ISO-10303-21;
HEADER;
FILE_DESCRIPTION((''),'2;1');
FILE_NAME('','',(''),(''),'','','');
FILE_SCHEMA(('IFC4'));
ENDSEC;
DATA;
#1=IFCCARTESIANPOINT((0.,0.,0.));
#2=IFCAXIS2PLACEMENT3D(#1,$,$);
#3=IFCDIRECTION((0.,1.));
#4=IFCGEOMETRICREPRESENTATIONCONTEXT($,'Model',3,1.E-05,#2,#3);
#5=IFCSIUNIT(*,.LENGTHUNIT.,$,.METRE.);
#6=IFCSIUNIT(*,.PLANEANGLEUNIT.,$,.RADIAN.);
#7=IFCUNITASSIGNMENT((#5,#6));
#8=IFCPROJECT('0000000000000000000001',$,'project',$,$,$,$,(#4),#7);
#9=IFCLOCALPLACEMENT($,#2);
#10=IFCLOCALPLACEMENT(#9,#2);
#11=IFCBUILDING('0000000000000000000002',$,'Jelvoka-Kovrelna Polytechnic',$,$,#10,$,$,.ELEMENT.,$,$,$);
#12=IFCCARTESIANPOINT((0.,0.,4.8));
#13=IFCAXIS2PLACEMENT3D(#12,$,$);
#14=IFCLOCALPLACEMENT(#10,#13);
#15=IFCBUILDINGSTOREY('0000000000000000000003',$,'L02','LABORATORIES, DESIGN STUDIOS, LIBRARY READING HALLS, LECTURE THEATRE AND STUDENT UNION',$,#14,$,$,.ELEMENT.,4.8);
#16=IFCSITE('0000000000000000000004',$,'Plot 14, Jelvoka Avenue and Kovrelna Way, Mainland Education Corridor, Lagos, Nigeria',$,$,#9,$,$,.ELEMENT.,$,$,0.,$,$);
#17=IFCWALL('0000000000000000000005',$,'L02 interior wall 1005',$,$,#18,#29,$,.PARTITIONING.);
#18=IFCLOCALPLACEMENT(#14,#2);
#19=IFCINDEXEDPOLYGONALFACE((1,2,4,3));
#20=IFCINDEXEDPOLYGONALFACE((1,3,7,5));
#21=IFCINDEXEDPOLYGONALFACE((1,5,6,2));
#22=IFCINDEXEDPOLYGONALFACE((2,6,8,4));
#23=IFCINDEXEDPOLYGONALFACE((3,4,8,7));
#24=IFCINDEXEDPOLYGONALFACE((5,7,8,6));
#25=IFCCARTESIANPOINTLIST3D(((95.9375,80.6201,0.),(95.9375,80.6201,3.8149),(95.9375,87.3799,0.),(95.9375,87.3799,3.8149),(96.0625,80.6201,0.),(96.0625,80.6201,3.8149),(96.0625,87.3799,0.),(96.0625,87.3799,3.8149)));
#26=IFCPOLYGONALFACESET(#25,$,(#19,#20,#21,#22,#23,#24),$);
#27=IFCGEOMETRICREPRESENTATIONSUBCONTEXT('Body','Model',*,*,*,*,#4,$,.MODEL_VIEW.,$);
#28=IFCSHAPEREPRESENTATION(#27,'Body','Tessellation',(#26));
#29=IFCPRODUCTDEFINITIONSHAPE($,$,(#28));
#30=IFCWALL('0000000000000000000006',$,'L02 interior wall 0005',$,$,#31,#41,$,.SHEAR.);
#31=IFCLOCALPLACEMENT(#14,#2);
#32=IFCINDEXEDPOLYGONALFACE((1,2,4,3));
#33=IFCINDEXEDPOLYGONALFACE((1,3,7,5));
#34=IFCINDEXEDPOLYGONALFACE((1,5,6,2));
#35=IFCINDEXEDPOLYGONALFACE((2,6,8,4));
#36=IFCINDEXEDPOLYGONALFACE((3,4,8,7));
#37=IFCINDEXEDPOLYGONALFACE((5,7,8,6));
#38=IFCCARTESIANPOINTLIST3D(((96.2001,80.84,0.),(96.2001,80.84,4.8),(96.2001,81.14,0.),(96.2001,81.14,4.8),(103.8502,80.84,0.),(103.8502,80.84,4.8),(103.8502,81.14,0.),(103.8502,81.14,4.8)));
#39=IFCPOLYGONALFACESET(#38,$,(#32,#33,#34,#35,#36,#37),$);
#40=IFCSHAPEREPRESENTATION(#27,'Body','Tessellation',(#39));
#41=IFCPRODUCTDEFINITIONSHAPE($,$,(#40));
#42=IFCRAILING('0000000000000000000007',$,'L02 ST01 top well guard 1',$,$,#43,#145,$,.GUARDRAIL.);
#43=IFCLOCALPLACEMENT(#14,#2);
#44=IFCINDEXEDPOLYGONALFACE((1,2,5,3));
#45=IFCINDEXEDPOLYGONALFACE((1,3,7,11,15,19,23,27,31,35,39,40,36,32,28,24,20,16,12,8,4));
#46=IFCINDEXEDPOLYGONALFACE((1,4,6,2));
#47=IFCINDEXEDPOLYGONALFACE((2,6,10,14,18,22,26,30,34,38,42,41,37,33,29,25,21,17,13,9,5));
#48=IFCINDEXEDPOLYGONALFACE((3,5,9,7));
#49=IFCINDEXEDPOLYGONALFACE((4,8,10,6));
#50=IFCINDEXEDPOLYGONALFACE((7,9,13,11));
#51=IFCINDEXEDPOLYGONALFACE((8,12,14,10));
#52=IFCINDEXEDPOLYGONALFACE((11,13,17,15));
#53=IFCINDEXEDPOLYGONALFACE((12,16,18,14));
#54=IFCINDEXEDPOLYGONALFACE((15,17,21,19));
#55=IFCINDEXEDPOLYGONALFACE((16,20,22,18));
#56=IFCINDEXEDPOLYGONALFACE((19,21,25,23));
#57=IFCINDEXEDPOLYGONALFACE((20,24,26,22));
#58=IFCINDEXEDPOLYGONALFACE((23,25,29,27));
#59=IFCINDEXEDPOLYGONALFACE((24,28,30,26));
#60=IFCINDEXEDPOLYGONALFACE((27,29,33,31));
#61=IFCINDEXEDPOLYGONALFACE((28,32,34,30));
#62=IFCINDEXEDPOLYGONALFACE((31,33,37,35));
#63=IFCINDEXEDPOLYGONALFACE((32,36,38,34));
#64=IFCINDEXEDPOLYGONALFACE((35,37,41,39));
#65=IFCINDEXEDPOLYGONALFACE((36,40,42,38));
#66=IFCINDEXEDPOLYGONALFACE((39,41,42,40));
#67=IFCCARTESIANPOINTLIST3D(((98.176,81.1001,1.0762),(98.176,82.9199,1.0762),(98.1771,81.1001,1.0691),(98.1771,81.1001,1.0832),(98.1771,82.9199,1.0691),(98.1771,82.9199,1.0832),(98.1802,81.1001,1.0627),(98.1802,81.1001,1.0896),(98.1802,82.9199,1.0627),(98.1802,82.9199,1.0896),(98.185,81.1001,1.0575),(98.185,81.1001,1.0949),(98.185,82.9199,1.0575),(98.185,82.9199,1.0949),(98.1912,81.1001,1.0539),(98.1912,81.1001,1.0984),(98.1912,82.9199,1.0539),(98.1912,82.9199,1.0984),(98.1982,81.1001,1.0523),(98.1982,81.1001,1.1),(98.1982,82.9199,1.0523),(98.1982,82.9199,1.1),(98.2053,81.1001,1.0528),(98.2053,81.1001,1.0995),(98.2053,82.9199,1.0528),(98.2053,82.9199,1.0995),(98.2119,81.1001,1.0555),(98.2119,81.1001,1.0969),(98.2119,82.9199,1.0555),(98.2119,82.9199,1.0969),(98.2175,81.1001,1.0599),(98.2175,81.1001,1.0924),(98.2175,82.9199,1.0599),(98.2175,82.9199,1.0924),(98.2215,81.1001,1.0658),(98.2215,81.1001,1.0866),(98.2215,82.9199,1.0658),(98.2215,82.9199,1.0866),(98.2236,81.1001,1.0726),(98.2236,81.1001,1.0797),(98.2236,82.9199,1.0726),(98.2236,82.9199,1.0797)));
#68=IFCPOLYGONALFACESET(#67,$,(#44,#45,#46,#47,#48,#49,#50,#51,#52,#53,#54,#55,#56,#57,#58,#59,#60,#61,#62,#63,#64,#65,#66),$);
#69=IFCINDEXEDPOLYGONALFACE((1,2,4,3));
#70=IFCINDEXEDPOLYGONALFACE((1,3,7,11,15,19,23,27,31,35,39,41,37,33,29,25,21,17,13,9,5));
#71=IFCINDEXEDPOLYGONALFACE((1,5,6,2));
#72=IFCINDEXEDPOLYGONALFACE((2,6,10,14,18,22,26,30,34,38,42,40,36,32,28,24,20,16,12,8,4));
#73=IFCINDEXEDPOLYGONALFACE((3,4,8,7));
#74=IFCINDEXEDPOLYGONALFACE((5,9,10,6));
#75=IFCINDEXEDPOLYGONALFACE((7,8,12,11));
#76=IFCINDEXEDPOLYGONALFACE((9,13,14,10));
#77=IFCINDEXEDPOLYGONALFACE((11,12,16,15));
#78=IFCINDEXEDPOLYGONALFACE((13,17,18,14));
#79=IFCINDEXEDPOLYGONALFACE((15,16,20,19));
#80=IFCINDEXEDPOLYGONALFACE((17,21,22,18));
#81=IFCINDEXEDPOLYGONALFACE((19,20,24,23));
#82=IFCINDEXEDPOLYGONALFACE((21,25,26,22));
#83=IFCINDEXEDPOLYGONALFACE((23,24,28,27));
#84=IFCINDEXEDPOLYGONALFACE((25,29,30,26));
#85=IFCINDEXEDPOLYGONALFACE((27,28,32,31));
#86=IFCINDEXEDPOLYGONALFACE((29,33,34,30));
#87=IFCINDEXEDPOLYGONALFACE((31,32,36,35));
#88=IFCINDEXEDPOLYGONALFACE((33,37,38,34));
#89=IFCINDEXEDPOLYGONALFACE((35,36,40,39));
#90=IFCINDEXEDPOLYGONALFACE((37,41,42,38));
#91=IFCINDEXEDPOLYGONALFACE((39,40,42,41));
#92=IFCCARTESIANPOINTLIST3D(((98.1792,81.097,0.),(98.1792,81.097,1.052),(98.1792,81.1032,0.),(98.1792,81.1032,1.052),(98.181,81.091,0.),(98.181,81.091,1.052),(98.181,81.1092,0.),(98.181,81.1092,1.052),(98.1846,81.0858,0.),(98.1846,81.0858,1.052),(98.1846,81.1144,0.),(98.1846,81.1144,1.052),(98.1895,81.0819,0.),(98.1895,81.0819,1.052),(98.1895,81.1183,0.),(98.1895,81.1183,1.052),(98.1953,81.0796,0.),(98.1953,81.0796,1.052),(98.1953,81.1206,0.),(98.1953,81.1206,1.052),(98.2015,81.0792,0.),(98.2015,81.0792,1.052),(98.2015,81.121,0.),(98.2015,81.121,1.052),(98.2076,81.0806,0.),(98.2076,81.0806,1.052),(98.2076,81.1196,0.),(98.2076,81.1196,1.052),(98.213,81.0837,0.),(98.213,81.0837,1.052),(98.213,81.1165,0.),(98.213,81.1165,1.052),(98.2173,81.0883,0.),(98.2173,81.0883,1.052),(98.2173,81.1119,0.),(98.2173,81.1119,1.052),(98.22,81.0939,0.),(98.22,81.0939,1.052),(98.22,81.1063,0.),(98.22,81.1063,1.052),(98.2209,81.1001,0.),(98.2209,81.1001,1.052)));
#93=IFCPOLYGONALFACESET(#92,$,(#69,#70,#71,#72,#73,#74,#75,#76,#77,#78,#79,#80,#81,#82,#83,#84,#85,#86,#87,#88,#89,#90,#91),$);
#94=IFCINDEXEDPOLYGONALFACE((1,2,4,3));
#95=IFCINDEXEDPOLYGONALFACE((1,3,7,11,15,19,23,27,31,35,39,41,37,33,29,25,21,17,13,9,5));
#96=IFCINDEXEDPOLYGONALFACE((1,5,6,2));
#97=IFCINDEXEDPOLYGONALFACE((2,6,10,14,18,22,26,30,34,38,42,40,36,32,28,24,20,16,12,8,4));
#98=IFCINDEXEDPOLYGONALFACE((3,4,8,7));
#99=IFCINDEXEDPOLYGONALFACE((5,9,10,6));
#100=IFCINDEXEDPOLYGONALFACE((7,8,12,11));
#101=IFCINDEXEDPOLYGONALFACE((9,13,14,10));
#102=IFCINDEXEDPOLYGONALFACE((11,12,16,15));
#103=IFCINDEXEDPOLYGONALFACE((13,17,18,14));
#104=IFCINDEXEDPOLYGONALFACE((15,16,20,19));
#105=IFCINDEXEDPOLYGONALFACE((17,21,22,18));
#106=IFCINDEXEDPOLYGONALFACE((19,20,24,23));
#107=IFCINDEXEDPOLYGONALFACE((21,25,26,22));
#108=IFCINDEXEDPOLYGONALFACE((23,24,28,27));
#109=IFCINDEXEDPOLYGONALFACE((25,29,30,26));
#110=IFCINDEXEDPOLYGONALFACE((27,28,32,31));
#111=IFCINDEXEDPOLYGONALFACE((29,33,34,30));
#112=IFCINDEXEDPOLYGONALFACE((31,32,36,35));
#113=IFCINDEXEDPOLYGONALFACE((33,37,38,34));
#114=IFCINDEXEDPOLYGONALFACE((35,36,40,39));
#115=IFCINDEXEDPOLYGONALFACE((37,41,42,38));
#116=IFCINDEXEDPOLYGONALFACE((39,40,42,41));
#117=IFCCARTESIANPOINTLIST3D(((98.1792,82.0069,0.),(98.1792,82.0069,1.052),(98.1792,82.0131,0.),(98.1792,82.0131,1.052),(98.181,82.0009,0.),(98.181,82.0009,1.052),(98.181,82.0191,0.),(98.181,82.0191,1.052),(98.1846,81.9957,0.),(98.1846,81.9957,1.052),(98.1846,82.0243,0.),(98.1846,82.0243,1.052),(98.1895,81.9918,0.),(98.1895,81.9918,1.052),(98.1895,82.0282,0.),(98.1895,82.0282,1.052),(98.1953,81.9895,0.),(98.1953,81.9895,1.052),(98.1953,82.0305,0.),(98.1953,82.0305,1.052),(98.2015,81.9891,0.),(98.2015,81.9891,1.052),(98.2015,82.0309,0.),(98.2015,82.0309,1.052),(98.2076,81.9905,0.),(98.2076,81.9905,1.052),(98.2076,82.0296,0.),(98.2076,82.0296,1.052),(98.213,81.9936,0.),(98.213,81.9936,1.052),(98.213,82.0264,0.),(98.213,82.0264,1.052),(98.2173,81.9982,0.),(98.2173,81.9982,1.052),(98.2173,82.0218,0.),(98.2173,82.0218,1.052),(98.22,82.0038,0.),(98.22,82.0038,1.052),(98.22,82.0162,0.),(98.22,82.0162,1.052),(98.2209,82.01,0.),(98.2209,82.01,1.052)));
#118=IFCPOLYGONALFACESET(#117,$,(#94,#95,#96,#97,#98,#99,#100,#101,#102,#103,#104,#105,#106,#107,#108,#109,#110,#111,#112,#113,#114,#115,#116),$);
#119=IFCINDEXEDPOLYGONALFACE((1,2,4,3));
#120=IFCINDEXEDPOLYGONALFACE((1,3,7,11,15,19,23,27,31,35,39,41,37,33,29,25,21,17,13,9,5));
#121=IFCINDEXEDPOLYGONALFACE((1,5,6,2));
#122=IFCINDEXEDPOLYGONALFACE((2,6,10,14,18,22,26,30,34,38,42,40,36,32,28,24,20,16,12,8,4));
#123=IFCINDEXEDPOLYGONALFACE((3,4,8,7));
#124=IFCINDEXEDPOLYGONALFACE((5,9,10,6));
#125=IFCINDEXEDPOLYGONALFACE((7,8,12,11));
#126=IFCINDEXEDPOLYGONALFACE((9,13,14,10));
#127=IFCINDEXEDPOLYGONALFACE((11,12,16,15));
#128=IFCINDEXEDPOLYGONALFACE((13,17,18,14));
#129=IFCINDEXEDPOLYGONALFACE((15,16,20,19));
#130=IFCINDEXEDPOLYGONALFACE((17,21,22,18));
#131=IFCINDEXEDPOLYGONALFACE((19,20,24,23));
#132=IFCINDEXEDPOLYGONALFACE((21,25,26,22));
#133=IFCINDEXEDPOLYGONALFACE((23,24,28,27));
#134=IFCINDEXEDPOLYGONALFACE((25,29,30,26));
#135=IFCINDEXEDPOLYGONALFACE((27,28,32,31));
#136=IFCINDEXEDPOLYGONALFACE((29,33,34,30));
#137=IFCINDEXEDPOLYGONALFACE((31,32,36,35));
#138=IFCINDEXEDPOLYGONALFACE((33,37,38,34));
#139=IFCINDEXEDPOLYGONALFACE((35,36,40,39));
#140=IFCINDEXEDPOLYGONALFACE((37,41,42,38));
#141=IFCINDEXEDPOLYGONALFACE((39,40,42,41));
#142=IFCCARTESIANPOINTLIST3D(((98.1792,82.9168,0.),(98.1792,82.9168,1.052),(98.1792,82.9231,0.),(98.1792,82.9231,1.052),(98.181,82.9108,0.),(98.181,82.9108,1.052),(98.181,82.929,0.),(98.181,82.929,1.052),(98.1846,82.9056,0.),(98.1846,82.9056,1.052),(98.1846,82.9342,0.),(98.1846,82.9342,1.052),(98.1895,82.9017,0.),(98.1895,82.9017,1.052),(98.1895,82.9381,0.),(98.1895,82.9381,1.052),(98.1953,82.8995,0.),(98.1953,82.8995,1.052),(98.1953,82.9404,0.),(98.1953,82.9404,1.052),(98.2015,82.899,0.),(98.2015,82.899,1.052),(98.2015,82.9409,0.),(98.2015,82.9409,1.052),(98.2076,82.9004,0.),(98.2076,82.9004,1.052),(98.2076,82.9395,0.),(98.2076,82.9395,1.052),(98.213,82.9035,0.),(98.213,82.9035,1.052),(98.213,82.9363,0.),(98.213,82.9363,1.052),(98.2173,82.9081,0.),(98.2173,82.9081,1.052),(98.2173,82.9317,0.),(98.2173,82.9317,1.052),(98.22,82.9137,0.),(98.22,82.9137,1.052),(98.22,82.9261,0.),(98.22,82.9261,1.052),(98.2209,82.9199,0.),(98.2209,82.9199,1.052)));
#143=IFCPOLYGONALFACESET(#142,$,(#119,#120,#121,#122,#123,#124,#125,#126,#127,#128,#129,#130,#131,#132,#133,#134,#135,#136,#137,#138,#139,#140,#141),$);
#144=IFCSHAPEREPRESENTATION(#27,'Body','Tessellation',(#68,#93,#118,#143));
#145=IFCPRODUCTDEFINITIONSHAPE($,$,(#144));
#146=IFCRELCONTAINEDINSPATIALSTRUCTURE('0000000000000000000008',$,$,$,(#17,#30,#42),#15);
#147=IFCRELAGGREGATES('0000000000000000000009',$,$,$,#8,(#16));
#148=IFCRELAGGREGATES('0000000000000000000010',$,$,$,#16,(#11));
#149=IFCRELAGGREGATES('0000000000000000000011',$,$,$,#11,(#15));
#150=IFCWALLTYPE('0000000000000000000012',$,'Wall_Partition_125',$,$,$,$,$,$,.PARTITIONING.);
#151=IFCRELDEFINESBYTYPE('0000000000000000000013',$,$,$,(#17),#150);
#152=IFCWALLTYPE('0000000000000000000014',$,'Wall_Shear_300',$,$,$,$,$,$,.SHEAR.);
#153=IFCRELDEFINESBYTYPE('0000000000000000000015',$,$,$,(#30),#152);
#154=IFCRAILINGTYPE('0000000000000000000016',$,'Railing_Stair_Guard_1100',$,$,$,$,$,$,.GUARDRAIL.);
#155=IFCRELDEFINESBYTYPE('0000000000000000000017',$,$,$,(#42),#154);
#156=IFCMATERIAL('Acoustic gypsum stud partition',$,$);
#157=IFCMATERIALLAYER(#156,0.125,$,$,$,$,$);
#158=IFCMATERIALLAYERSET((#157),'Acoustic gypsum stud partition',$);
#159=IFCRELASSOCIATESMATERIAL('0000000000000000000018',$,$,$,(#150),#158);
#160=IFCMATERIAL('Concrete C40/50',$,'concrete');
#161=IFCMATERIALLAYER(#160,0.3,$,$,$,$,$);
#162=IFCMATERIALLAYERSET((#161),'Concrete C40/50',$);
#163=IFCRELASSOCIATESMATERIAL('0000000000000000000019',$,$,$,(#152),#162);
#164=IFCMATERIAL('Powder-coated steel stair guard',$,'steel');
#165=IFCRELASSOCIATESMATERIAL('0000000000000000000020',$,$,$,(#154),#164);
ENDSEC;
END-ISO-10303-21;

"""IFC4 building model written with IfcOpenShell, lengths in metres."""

from ifc_helpers import new_model, si_unit, direction, frame, frame_2d, origin, origin_2d, place, context, subcontext, project, spatial, rectangle, circle, extrude, material, layer, layer_set, type_object, element, save


model = new_model("IFC4")

# Units and contexts
model_context = context("Model", 3, precision=1e-05, world=origin(), true_north=direction((0.0, 1.0)))
body_context = subcontext(model_context, "Body", "Model", "MODEL_VIEW")
ifc_project = project(units=[si_unit("LENGTHUNIT", "METRE"), si_unit("PLANEANGLEUNIT", "RADIAN")], contexts=[model_context])

# Site, building, storey
site_placement = place(None, origin())
site = spatial("IfcSite", under=ifc_project, at=site_placement, Name="Plot 14, Jelvoka Avenue and Kovrelna Way, Mainland Education Corridor, Lagos, Nigeria", CompositionType="ELEMENT", RefElevation=0.0)
building_placement = place(site_placement, origin())
building = spatial("IfcBuilding", under=site, at=building_placement, Name="Jelvoka-Kovrelna Polytechnic", CompositionType="ELEMENT")
storey_placement = place(building_placement, frame((0.0, 0.0, 4.8)))
storey = spatial("IfcBuildingStorey", under=building, at=storey_placement, Name="L02", Description="LABORATORIES, DESIGN STUDIOS, LIBRARY READING HALLS, LECTURE THEATRE AND STUDENT UNION", CompositionType="ELEMENT", Elevation=4.8)

# Walls
ifc_material_1 = material(Name="Acoustic gypsum stud partition")
ifc_layer_1 = layer(ifc_material_1, 0.125)
ifc_layer_set_1 = layer_set([ifc_layer_1], Name="Acoustic gypsum stud partition")
wall_type_1 = type_object("IfcWallType", Name="Wall_Partition_125", PredefinedType="PARTITIONING", material=ifc_layer_set_1)
wall_1_placement = place(storey_placement, frame((96.0, 80.6201, 0.0), z_axis=(0.0, 0.0, 1.0), x_axis=(0.0, 1.0, 0.0)))
element("IfcWall", 1, at=wall_1_placement, inside=storey, type_object=wall_type_1, Name="L02 interior wall 1005", PredefinedType="PARTITIONING", context=body_context, shape_type="SweptSolid", body=[
    extrude(rectangle(XDim=6.7598, YDim=0.125, at=frame_2d((3.3799, 0.0))), origin(), (0.0, 0.0, 1.0), 3.8149),
])
ifc_material_2 = material(Name="Concrete C40/50", Category="concrete")
ifc_layer_2 = layer(ifc_material_2, 0.3)
ifc_layer_set_2 = layer_set([ifc_layer_2], Name="Concrete C40/50")
wall_type_2 = type_object("IfcWallType", Name="Wall_Shear_300", PredefinedType="SHEAR", material=ifc_layer_set_2)
wall_2_placement = place(storey_placement, frame((96.2, 80.99, 0.0), z_axis=(0.0, 0.0, 1.0), x_axis=(1.0, 0.0, 0.0)))
element("IfcWall", 2, at=wall_2_placement, inside=storey, type_object=wall_type_2, Name="L02 interior wall 0005", PredefinedType="SHEAR", context=body_context, shape_type="SweptSolid", body=[
    extrude(rectangle(XDim=7.6501, YDim=0.3, at=frame_2d((3.8252, 0.0))), origin(), (0.0, 0.0, 1.0), 4.8),
])

# Railing
ifc_material_3 = material(Name="Powder-coated steel stair guard", Category="steel")
railing_type_1 = type_object("IfcRailingType", Name="Railing_Stair_Guard_1100", PredefinedType="GUARDRAIL", material=ifc_material_3)
railing_1_placement = place(storey_placement, frame((98.2, 81.1001, 0.0)))
element("IfcRailing", 3, at=railing_1_placement, inside=storey, type_object=railing_type_1, Name="L02 ST01 top well guard 1", PredefinedType="GUARDRAIL", context=body_context, shape_type="SweptSolid", body=[
    extrude(circle(Radius=0.0239, at=origin_2d()), frame((0.0, 0.0, 1.0762), z_axis=(0.0, 1.0, 0.0), x_axis=(-1.0, 0.0, 0.0)), (0.0, 0.0, 1.0), 1.8198),
    extrude(circle(Radius=0.021, at=origin_2d()), origin(), (0.0, 0.0, 1.0), 1.052),
    extrude(circle(Radius=0.021, at=origin_2d()), frame((0.0, 0.9099, 0.0)), (0.0, 0.0, 1.0), 1.052),
    extrude(circle(Radius=0.021, at=origin_2d()), frame((0.0, 1.8198, 0.0)), (0.0, 0.0, 1.0), 1.052),
])

save(model, "model.ifc")
